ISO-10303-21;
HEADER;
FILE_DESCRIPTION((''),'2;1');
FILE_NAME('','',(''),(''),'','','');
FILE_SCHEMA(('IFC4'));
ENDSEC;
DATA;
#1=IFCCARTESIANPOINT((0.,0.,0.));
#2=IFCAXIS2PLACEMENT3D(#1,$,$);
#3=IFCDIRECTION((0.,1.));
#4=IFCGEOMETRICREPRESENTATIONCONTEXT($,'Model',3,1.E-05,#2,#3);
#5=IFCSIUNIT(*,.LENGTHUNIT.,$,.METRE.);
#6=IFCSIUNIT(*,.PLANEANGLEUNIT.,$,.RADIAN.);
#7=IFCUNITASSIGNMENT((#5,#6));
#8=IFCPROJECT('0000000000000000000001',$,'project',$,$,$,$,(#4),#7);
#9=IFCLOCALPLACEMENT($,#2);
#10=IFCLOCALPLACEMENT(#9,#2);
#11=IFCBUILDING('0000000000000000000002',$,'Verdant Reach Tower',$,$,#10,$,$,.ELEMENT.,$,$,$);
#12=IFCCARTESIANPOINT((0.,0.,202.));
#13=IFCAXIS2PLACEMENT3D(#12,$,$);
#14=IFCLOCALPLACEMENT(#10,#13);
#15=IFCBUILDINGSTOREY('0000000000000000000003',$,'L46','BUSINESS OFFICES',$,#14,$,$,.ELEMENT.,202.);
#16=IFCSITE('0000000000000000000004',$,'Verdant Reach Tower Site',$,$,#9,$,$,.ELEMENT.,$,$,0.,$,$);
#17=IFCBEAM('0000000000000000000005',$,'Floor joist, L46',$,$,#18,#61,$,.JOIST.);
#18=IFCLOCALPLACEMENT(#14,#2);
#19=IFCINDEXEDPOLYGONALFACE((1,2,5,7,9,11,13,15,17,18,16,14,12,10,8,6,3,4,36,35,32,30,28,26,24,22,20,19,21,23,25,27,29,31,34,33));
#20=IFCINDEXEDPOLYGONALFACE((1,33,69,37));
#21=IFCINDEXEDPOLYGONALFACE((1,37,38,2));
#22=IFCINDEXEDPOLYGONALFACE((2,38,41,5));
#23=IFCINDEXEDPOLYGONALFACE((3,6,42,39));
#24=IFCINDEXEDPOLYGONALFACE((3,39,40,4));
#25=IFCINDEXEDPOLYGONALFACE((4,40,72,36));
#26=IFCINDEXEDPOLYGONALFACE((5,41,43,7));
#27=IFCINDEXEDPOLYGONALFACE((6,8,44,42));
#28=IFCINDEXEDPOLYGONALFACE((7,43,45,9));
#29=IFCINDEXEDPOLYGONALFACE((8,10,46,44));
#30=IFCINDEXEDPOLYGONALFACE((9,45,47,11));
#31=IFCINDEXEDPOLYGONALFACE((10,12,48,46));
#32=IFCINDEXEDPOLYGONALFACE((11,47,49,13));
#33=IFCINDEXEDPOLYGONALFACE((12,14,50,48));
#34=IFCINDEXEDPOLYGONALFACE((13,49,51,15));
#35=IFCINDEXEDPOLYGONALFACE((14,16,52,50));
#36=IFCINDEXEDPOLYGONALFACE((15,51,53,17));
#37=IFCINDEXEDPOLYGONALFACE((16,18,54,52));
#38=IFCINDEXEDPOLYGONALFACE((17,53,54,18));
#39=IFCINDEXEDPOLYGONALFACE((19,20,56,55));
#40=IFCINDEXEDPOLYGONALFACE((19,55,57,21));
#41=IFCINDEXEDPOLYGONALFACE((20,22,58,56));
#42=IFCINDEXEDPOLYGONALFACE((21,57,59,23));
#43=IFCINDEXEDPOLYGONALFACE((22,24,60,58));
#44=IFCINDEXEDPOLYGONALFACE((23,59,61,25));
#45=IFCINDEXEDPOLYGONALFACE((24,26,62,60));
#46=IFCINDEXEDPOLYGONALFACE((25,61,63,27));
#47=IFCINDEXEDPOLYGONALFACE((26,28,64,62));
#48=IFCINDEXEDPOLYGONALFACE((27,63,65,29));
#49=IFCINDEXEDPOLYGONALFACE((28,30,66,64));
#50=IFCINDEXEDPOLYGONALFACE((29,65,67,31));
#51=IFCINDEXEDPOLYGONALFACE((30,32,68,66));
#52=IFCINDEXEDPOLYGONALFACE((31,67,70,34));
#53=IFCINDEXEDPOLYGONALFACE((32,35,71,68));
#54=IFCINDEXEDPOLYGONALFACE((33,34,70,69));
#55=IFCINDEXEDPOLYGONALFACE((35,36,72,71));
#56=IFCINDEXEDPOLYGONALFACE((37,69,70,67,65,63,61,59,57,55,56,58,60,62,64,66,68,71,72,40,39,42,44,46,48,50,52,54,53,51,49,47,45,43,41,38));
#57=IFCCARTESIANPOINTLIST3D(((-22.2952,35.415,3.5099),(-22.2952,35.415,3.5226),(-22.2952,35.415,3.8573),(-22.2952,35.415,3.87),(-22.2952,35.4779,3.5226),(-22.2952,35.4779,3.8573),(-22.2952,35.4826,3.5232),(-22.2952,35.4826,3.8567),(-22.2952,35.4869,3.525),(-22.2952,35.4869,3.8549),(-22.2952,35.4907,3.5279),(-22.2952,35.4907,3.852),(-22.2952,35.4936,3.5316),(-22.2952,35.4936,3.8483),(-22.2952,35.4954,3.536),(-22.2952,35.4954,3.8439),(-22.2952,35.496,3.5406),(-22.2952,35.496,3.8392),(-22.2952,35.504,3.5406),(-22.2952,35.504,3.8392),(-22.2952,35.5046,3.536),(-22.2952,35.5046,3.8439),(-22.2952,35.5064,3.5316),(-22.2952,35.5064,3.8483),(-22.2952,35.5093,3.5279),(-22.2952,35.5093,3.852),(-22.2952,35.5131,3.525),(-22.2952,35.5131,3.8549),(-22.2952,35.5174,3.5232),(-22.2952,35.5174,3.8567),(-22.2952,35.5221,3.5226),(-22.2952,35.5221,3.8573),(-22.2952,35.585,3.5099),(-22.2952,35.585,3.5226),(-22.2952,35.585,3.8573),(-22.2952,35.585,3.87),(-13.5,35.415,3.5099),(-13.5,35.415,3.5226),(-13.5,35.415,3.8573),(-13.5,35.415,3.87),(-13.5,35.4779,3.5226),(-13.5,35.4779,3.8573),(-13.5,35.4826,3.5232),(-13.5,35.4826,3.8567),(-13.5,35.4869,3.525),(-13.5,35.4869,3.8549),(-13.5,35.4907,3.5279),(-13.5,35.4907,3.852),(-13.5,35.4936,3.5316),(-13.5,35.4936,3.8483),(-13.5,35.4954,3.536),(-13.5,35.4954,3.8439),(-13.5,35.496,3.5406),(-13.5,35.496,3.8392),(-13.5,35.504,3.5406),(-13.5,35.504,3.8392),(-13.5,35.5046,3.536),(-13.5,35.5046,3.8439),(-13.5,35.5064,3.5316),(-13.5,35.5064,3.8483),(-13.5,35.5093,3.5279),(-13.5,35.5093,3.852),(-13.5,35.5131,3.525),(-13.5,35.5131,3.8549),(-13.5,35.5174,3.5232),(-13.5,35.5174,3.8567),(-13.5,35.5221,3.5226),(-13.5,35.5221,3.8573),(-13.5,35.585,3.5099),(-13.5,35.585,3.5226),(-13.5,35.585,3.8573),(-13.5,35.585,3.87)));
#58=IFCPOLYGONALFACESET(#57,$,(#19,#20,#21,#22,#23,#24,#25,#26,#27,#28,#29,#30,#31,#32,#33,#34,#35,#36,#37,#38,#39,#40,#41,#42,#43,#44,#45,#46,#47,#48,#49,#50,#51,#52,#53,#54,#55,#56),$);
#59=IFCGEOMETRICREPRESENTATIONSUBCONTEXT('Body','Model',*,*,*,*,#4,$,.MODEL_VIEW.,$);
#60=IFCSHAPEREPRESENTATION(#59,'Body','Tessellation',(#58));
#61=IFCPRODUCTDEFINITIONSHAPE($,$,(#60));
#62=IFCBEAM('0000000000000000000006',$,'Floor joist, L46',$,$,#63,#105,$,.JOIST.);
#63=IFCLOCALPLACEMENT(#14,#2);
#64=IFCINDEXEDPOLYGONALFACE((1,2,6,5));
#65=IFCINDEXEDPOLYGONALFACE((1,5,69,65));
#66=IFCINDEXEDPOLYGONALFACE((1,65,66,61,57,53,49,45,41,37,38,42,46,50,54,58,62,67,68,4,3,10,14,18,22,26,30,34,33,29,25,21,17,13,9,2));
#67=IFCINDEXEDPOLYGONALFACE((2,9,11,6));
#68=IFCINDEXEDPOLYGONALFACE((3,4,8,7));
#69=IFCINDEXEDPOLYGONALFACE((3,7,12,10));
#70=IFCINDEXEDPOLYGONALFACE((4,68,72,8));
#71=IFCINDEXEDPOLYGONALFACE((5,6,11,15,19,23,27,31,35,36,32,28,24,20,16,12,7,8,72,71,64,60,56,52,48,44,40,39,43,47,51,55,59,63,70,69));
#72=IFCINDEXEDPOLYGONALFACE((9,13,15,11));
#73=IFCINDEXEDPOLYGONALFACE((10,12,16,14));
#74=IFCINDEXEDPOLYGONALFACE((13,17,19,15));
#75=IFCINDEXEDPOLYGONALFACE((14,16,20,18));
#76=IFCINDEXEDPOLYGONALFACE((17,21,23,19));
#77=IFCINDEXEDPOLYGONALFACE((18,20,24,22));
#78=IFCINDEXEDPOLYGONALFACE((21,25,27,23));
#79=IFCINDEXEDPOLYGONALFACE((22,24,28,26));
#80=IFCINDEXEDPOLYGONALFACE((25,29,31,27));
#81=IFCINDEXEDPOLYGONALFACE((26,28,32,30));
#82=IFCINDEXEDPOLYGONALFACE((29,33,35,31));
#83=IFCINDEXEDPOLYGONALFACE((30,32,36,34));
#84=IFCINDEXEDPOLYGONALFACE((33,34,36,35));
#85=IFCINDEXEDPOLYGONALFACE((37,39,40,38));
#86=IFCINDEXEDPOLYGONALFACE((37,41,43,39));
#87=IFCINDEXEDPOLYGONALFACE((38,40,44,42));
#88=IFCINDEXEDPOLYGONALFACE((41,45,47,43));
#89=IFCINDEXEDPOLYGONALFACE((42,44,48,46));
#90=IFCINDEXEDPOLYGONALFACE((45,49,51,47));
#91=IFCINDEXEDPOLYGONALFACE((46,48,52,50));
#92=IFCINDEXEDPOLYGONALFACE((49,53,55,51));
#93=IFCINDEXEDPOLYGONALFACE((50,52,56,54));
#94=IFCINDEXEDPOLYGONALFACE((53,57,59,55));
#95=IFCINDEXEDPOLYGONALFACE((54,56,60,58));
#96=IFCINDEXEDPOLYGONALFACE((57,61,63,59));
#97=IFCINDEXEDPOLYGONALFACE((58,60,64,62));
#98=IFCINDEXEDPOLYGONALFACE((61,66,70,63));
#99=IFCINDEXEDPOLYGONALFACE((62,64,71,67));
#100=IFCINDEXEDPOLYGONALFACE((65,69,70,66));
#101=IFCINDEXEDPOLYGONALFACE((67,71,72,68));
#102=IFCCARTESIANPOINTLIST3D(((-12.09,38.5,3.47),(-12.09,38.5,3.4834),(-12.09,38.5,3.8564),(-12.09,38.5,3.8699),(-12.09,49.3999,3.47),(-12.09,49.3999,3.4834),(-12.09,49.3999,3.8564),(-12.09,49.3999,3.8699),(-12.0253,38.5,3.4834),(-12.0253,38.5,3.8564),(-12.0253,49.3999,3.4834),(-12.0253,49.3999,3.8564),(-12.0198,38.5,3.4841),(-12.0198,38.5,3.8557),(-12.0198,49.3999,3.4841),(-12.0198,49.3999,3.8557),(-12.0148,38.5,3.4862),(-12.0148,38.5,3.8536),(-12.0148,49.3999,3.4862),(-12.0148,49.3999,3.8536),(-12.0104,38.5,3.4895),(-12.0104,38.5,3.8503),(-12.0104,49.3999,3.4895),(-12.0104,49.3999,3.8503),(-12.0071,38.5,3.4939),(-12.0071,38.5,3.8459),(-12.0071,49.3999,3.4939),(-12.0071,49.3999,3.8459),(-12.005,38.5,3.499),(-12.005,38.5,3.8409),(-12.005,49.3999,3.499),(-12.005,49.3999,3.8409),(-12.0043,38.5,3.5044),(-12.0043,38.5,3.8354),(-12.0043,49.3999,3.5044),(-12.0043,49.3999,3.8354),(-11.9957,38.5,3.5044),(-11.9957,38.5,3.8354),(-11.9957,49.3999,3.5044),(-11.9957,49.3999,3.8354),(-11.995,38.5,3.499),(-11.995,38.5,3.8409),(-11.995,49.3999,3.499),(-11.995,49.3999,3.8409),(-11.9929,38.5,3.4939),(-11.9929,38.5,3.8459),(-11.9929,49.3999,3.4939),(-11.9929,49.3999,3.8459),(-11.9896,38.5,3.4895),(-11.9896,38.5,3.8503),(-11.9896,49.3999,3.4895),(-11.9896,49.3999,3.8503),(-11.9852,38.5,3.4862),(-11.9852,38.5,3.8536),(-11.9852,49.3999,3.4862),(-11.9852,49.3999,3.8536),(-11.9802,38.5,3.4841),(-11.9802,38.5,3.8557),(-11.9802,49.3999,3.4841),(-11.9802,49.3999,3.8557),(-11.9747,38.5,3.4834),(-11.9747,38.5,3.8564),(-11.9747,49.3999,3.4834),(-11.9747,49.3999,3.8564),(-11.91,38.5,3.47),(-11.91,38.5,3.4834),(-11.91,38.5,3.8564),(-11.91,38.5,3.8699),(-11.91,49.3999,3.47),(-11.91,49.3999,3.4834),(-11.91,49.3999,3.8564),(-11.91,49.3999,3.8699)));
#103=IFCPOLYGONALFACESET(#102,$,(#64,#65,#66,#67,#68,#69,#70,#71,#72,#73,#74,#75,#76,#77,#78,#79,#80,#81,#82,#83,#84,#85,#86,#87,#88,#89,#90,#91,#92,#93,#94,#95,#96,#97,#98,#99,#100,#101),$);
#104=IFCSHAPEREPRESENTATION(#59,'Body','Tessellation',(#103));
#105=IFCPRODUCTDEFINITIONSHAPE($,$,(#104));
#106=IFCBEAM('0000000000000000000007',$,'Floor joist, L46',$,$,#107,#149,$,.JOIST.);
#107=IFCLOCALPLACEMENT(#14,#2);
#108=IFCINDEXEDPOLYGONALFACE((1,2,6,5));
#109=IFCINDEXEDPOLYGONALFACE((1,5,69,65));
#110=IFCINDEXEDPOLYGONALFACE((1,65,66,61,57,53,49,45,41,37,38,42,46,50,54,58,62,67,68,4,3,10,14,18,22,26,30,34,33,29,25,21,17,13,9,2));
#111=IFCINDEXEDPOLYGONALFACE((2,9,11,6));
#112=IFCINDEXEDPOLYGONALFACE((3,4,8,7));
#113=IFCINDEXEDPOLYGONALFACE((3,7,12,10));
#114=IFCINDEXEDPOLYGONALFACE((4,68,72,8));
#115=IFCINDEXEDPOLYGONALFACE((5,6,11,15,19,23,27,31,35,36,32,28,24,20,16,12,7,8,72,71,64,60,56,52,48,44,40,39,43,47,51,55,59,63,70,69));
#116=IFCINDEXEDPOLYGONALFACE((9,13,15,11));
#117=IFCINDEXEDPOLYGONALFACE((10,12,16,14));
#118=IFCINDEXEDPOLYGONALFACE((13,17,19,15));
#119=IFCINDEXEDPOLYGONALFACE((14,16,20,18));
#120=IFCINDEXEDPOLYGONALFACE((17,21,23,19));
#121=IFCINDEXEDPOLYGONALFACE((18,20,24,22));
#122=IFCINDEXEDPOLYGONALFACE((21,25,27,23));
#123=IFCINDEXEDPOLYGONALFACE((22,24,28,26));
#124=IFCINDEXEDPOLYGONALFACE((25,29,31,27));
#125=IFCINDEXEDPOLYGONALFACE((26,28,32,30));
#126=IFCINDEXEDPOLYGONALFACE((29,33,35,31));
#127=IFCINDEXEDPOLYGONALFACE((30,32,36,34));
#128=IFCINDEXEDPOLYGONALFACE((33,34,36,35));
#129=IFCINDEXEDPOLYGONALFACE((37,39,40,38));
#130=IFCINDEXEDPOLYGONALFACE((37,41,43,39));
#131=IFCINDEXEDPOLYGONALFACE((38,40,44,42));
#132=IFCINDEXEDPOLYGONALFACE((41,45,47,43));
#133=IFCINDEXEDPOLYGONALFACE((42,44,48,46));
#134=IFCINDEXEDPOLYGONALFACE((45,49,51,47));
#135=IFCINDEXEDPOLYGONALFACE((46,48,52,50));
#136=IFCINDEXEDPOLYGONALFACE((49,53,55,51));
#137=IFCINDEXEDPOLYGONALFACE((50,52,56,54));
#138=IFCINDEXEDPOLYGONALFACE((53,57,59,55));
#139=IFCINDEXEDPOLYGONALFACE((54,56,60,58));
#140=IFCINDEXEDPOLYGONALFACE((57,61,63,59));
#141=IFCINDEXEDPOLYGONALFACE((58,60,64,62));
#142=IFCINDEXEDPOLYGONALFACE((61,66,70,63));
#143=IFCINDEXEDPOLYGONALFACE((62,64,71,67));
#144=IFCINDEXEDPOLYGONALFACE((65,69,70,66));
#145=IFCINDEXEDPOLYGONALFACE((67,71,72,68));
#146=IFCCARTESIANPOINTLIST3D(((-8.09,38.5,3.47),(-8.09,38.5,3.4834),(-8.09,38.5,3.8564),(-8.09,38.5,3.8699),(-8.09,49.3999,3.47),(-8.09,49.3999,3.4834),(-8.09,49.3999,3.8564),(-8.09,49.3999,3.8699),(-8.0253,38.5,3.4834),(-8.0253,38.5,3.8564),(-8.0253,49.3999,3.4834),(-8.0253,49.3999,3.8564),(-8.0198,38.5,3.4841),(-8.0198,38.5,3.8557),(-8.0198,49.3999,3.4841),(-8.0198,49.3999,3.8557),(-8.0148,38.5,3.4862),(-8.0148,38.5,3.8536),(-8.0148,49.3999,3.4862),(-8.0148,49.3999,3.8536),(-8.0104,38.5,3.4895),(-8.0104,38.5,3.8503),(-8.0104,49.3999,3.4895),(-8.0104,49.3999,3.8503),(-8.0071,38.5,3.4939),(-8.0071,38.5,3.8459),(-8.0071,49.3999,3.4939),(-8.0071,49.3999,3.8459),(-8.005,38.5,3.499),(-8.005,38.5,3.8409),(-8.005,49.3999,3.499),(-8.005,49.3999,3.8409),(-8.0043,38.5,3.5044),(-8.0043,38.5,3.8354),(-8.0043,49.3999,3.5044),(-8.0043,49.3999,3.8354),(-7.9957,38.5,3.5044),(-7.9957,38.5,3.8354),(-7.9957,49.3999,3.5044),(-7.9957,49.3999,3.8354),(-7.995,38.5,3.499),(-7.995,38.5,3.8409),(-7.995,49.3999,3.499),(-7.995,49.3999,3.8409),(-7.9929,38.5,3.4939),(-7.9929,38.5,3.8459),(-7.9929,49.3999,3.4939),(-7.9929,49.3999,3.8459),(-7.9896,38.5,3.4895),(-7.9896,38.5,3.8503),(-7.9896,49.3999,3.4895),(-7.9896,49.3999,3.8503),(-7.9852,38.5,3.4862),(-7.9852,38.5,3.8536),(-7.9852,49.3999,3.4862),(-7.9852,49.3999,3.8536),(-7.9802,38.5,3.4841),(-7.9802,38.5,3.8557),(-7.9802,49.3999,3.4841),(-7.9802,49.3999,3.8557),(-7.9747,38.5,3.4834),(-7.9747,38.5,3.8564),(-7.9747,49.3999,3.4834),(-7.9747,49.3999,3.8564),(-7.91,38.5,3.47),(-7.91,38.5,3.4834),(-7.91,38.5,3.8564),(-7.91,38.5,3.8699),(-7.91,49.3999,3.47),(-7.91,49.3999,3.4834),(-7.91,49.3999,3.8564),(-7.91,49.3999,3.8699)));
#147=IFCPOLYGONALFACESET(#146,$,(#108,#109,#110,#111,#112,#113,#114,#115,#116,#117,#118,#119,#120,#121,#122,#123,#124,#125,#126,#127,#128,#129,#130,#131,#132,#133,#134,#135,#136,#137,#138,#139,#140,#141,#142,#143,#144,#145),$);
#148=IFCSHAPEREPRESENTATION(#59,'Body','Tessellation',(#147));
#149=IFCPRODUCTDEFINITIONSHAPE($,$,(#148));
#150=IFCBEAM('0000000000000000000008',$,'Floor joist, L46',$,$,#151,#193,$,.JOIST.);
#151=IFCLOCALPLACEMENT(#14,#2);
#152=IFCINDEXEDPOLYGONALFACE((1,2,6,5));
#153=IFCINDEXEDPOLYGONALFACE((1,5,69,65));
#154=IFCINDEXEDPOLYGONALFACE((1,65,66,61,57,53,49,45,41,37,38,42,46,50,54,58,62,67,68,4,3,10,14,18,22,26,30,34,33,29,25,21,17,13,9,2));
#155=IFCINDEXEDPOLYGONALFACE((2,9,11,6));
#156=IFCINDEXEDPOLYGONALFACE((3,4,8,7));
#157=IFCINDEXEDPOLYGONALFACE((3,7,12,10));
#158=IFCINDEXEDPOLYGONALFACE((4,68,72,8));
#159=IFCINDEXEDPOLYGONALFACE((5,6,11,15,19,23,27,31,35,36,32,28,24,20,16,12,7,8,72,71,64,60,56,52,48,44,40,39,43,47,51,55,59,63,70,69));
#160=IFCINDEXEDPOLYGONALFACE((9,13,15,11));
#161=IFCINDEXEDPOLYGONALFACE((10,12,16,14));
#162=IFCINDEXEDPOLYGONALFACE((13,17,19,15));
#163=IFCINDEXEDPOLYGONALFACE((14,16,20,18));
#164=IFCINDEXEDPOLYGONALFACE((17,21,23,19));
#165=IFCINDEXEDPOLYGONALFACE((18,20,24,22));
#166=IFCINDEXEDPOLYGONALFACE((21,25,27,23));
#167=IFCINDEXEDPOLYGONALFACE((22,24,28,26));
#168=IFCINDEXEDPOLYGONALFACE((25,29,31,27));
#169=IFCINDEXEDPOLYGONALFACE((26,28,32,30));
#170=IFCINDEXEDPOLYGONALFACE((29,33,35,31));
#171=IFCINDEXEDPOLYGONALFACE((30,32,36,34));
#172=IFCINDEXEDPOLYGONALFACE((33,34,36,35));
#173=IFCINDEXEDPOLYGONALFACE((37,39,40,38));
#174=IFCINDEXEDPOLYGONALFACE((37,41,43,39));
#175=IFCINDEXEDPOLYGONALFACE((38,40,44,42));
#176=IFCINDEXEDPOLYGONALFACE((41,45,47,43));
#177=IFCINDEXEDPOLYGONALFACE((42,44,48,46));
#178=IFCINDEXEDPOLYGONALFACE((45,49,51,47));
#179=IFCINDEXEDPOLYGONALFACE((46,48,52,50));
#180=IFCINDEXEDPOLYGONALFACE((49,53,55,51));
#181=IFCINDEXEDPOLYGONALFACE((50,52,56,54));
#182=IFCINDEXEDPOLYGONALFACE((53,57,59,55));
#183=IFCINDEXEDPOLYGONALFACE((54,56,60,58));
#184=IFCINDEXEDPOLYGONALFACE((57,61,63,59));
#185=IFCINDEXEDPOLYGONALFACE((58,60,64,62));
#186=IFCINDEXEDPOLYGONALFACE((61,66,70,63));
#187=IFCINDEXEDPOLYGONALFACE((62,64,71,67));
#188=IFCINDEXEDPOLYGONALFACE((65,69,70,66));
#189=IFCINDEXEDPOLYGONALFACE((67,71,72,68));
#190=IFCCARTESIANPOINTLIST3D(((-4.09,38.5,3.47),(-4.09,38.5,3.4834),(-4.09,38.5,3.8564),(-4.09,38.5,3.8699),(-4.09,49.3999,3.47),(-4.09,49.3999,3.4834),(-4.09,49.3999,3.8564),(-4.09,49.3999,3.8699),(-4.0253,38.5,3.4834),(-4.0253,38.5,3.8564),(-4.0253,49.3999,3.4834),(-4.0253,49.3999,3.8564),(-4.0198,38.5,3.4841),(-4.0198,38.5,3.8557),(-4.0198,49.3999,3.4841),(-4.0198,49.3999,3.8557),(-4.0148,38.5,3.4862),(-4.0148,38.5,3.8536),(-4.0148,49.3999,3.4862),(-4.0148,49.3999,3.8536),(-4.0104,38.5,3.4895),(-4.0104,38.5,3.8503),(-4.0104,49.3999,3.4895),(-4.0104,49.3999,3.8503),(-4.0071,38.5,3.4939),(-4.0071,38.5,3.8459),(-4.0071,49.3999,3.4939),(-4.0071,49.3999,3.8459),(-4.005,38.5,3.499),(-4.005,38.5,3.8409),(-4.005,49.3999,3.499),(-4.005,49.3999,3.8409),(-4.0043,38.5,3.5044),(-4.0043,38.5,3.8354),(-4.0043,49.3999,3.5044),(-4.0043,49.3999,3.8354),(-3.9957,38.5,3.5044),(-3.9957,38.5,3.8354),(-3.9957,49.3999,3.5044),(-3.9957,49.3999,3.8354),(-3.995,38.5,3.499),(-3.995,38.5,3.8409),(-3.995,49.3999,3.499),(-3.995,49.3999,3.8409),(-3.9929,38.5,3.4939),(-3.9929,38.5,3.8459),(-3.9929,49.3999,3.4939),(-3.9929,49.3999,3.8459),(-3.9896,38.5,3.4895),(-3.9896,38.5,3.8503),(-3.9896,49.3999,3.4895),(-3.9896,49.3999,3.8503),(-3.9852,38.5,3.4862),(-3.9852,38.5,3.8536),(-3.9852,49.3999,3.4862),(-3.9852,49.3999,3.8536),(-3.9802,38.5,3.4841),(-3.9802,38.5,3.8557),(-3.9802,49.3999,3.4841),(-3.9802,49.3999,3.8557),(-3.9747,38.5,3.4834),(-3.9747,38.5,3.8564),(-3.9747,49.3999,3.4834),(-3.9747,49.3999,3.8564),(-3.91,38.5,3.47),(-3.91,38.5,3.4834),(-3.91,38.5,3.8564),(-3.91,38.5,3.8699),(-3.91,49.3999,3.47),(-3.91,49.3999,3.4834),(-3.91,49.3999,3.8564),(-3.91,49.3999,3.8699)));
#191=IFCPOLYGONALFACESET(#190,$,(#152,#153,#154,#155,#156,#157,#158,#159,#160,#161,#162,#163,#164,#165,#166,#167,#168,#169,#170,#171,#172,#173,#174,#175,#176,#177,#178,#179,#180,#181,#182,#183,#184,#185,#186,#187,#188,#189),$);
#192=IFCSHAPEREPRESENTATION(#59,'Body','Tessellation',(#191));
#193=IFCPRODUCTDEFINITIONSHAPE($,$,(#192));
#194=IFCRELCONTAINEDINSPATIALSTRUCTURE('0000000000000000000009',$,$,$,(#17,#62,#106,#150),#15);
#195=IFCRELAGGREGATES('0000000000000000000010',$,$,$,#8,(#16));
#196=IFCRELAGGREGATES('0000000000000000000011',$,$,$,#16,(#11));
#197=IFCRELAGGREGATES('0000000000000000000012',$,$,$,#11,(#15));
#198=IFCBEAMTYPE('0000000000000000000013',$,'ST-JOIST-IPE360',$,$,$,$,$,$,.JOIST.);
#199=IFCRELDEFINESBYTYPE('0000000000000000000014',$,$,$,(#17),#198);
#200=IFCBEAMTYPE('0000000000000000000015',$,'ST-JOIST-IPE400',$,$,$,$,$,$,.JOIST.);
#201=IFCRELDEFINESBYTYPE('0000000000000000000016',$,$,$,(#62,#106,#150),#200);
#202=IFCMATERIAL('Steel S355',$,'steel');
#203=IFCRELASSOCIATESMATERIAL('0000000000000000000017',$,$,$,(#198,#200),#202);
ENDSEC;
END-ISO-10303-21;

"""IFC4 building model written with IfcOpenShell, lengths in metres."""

from ifc_helpers import new_model, si_unit, direction, frame, origin, origin_2d, place, context, subcontext, project, spatial, i_section, extrude, material, material_profile, profile_set, type_object, element, save


model = new_model("IFC4")

# Units and contexts
model_context = context("Model", 3, precision=1e-05, world=origin(), true_north=direction((0.0, 1.0)))
body_context = subcontext(model_context, "Body", "Model", "MODEL_VIEW")
ifc_project = project(units=[si_unit("LENGTHUNIT", "METRE"), si_unit("PLANEANGLEUNIT", "RADIAN")], contexts=[model_context])

# Site, building, storey
site_placement = place(None, origin())
site = spatial("IfcSite", under=ifc_project, at=site_placement, Name="Verdant Reach Tower Site", CompositionType="ELEMENT", RefElevation=0.0)
building_placement = place(site_placement, origin())
building = spatial("IfcBuilding", under=site, at=building_placement, Name="Verdant Reach Tower", CompositionType="ELEMENT")
storey_placement = place(building_placement, frame((0.0, 0.0, 202.0)))
storey = spatial("IfcBuildingStorey", under=building, at=storey_placement, Name="L46", Description="BUSINESS OFFICES", CompositionType="ELEMENT", Elevation=202.0)

# Beams
ifc_material_1 = material(Name="Steel S355", Category="steel")
ifc_material_profile_1 = material_profile(ifc_material_1, i_section(OverallWidth=0.1699, OverallDepth=0.3601, WebThickness=0.0081, FlangeThickness=0.0127, FilletRadius=0.0181, at=origin_2d()), Name="IPE 360")
ifc_profile_set_1 = profile_set([ifc_material_profile_1], Name="Steel S355")
beam_type_1 = type_object("IfcBeamType", Name="ST-JOIST-IPE360", PredefinedType="JOIST", material=ifc_profile_set_1)
beam_1_placement = place(storey_placement, frame((-13.5, 35.5, 3.6899), z_axis=(-1.0, 0.0, 0.0), x_axis=(0.0, -1.0, 0.0)))
element("IfcBeam", 1, at=beam_1_placement, inside=storey, type_object=beam_type_1, Name="Floor joist, L46", PredefinedType="JOIST", context=body_context, shape_type="SweptSolid", body=[
    extrude(i_section(OverallWidth=0.1699, OverallDepth=0.3601, WebThickness=0.0081, FlangeThickness=0.0127, FilletRadius=0.0181, at=origin_2d()), origin(), (0.0, 0.0, 1.0), 8.7952),
])
ifc_material_profile_2 = material_profile(ifc_material_1, i_section(OverallWidth=0.1799, OverallDepth=0.3999, WebThickness=0.0085, FlangeThickness=0.0134, FilletRadius=0.021, at=origin_2d()), Name="IPE 400")
ifc_profile_set_2 = profile_set([ifc_material_profile_2], Name="Steel S355")
beam_type_2 = type_object("IfcBeamType", Name="ST-JOIST-IPE400", PredefinedType="JOIST", material=ifc_profile_set_2)
for number, where, z_axis, x_axis, name in (
    (2, (-12.0, 38.5, 3.6699), (0.0, 1.0, 0.0), (-1.0, 0.0, 0.0), "Floor joist, L46"),
    (3, (-8.0, 38.5, 3.6699), (0.0, 1.0, 0.0), (-1.0, 0.0, 0.0), "Floor joist, L46"),
    (4, (-4.0, 38.5, 3.6699), (0.0, 1.0, 0.0), (-1.0, 0.0, 0.0), "Floor joist, L46"),
):
    element("IfcBeam", number, at=place(storey_placement, frame(where, z_axis=z_axis, x_axis=x_axis)), inside=storey, type_object=beam_type_2, Name=name, PredefinedType="JOIST", context=body_context, shape_type="SweptSolid", body=[
        extrude(i_section(OverallWidth=0.1799, OverallDepth=0.3999, WebThickness=0.0085, FlangeThickness=0.0134, FilletRadius=0.021, at=origin_2d()), origin(), (0.0, 0.0, 1.0), 10.8999),
    ])

save(model, "model.ifc")
